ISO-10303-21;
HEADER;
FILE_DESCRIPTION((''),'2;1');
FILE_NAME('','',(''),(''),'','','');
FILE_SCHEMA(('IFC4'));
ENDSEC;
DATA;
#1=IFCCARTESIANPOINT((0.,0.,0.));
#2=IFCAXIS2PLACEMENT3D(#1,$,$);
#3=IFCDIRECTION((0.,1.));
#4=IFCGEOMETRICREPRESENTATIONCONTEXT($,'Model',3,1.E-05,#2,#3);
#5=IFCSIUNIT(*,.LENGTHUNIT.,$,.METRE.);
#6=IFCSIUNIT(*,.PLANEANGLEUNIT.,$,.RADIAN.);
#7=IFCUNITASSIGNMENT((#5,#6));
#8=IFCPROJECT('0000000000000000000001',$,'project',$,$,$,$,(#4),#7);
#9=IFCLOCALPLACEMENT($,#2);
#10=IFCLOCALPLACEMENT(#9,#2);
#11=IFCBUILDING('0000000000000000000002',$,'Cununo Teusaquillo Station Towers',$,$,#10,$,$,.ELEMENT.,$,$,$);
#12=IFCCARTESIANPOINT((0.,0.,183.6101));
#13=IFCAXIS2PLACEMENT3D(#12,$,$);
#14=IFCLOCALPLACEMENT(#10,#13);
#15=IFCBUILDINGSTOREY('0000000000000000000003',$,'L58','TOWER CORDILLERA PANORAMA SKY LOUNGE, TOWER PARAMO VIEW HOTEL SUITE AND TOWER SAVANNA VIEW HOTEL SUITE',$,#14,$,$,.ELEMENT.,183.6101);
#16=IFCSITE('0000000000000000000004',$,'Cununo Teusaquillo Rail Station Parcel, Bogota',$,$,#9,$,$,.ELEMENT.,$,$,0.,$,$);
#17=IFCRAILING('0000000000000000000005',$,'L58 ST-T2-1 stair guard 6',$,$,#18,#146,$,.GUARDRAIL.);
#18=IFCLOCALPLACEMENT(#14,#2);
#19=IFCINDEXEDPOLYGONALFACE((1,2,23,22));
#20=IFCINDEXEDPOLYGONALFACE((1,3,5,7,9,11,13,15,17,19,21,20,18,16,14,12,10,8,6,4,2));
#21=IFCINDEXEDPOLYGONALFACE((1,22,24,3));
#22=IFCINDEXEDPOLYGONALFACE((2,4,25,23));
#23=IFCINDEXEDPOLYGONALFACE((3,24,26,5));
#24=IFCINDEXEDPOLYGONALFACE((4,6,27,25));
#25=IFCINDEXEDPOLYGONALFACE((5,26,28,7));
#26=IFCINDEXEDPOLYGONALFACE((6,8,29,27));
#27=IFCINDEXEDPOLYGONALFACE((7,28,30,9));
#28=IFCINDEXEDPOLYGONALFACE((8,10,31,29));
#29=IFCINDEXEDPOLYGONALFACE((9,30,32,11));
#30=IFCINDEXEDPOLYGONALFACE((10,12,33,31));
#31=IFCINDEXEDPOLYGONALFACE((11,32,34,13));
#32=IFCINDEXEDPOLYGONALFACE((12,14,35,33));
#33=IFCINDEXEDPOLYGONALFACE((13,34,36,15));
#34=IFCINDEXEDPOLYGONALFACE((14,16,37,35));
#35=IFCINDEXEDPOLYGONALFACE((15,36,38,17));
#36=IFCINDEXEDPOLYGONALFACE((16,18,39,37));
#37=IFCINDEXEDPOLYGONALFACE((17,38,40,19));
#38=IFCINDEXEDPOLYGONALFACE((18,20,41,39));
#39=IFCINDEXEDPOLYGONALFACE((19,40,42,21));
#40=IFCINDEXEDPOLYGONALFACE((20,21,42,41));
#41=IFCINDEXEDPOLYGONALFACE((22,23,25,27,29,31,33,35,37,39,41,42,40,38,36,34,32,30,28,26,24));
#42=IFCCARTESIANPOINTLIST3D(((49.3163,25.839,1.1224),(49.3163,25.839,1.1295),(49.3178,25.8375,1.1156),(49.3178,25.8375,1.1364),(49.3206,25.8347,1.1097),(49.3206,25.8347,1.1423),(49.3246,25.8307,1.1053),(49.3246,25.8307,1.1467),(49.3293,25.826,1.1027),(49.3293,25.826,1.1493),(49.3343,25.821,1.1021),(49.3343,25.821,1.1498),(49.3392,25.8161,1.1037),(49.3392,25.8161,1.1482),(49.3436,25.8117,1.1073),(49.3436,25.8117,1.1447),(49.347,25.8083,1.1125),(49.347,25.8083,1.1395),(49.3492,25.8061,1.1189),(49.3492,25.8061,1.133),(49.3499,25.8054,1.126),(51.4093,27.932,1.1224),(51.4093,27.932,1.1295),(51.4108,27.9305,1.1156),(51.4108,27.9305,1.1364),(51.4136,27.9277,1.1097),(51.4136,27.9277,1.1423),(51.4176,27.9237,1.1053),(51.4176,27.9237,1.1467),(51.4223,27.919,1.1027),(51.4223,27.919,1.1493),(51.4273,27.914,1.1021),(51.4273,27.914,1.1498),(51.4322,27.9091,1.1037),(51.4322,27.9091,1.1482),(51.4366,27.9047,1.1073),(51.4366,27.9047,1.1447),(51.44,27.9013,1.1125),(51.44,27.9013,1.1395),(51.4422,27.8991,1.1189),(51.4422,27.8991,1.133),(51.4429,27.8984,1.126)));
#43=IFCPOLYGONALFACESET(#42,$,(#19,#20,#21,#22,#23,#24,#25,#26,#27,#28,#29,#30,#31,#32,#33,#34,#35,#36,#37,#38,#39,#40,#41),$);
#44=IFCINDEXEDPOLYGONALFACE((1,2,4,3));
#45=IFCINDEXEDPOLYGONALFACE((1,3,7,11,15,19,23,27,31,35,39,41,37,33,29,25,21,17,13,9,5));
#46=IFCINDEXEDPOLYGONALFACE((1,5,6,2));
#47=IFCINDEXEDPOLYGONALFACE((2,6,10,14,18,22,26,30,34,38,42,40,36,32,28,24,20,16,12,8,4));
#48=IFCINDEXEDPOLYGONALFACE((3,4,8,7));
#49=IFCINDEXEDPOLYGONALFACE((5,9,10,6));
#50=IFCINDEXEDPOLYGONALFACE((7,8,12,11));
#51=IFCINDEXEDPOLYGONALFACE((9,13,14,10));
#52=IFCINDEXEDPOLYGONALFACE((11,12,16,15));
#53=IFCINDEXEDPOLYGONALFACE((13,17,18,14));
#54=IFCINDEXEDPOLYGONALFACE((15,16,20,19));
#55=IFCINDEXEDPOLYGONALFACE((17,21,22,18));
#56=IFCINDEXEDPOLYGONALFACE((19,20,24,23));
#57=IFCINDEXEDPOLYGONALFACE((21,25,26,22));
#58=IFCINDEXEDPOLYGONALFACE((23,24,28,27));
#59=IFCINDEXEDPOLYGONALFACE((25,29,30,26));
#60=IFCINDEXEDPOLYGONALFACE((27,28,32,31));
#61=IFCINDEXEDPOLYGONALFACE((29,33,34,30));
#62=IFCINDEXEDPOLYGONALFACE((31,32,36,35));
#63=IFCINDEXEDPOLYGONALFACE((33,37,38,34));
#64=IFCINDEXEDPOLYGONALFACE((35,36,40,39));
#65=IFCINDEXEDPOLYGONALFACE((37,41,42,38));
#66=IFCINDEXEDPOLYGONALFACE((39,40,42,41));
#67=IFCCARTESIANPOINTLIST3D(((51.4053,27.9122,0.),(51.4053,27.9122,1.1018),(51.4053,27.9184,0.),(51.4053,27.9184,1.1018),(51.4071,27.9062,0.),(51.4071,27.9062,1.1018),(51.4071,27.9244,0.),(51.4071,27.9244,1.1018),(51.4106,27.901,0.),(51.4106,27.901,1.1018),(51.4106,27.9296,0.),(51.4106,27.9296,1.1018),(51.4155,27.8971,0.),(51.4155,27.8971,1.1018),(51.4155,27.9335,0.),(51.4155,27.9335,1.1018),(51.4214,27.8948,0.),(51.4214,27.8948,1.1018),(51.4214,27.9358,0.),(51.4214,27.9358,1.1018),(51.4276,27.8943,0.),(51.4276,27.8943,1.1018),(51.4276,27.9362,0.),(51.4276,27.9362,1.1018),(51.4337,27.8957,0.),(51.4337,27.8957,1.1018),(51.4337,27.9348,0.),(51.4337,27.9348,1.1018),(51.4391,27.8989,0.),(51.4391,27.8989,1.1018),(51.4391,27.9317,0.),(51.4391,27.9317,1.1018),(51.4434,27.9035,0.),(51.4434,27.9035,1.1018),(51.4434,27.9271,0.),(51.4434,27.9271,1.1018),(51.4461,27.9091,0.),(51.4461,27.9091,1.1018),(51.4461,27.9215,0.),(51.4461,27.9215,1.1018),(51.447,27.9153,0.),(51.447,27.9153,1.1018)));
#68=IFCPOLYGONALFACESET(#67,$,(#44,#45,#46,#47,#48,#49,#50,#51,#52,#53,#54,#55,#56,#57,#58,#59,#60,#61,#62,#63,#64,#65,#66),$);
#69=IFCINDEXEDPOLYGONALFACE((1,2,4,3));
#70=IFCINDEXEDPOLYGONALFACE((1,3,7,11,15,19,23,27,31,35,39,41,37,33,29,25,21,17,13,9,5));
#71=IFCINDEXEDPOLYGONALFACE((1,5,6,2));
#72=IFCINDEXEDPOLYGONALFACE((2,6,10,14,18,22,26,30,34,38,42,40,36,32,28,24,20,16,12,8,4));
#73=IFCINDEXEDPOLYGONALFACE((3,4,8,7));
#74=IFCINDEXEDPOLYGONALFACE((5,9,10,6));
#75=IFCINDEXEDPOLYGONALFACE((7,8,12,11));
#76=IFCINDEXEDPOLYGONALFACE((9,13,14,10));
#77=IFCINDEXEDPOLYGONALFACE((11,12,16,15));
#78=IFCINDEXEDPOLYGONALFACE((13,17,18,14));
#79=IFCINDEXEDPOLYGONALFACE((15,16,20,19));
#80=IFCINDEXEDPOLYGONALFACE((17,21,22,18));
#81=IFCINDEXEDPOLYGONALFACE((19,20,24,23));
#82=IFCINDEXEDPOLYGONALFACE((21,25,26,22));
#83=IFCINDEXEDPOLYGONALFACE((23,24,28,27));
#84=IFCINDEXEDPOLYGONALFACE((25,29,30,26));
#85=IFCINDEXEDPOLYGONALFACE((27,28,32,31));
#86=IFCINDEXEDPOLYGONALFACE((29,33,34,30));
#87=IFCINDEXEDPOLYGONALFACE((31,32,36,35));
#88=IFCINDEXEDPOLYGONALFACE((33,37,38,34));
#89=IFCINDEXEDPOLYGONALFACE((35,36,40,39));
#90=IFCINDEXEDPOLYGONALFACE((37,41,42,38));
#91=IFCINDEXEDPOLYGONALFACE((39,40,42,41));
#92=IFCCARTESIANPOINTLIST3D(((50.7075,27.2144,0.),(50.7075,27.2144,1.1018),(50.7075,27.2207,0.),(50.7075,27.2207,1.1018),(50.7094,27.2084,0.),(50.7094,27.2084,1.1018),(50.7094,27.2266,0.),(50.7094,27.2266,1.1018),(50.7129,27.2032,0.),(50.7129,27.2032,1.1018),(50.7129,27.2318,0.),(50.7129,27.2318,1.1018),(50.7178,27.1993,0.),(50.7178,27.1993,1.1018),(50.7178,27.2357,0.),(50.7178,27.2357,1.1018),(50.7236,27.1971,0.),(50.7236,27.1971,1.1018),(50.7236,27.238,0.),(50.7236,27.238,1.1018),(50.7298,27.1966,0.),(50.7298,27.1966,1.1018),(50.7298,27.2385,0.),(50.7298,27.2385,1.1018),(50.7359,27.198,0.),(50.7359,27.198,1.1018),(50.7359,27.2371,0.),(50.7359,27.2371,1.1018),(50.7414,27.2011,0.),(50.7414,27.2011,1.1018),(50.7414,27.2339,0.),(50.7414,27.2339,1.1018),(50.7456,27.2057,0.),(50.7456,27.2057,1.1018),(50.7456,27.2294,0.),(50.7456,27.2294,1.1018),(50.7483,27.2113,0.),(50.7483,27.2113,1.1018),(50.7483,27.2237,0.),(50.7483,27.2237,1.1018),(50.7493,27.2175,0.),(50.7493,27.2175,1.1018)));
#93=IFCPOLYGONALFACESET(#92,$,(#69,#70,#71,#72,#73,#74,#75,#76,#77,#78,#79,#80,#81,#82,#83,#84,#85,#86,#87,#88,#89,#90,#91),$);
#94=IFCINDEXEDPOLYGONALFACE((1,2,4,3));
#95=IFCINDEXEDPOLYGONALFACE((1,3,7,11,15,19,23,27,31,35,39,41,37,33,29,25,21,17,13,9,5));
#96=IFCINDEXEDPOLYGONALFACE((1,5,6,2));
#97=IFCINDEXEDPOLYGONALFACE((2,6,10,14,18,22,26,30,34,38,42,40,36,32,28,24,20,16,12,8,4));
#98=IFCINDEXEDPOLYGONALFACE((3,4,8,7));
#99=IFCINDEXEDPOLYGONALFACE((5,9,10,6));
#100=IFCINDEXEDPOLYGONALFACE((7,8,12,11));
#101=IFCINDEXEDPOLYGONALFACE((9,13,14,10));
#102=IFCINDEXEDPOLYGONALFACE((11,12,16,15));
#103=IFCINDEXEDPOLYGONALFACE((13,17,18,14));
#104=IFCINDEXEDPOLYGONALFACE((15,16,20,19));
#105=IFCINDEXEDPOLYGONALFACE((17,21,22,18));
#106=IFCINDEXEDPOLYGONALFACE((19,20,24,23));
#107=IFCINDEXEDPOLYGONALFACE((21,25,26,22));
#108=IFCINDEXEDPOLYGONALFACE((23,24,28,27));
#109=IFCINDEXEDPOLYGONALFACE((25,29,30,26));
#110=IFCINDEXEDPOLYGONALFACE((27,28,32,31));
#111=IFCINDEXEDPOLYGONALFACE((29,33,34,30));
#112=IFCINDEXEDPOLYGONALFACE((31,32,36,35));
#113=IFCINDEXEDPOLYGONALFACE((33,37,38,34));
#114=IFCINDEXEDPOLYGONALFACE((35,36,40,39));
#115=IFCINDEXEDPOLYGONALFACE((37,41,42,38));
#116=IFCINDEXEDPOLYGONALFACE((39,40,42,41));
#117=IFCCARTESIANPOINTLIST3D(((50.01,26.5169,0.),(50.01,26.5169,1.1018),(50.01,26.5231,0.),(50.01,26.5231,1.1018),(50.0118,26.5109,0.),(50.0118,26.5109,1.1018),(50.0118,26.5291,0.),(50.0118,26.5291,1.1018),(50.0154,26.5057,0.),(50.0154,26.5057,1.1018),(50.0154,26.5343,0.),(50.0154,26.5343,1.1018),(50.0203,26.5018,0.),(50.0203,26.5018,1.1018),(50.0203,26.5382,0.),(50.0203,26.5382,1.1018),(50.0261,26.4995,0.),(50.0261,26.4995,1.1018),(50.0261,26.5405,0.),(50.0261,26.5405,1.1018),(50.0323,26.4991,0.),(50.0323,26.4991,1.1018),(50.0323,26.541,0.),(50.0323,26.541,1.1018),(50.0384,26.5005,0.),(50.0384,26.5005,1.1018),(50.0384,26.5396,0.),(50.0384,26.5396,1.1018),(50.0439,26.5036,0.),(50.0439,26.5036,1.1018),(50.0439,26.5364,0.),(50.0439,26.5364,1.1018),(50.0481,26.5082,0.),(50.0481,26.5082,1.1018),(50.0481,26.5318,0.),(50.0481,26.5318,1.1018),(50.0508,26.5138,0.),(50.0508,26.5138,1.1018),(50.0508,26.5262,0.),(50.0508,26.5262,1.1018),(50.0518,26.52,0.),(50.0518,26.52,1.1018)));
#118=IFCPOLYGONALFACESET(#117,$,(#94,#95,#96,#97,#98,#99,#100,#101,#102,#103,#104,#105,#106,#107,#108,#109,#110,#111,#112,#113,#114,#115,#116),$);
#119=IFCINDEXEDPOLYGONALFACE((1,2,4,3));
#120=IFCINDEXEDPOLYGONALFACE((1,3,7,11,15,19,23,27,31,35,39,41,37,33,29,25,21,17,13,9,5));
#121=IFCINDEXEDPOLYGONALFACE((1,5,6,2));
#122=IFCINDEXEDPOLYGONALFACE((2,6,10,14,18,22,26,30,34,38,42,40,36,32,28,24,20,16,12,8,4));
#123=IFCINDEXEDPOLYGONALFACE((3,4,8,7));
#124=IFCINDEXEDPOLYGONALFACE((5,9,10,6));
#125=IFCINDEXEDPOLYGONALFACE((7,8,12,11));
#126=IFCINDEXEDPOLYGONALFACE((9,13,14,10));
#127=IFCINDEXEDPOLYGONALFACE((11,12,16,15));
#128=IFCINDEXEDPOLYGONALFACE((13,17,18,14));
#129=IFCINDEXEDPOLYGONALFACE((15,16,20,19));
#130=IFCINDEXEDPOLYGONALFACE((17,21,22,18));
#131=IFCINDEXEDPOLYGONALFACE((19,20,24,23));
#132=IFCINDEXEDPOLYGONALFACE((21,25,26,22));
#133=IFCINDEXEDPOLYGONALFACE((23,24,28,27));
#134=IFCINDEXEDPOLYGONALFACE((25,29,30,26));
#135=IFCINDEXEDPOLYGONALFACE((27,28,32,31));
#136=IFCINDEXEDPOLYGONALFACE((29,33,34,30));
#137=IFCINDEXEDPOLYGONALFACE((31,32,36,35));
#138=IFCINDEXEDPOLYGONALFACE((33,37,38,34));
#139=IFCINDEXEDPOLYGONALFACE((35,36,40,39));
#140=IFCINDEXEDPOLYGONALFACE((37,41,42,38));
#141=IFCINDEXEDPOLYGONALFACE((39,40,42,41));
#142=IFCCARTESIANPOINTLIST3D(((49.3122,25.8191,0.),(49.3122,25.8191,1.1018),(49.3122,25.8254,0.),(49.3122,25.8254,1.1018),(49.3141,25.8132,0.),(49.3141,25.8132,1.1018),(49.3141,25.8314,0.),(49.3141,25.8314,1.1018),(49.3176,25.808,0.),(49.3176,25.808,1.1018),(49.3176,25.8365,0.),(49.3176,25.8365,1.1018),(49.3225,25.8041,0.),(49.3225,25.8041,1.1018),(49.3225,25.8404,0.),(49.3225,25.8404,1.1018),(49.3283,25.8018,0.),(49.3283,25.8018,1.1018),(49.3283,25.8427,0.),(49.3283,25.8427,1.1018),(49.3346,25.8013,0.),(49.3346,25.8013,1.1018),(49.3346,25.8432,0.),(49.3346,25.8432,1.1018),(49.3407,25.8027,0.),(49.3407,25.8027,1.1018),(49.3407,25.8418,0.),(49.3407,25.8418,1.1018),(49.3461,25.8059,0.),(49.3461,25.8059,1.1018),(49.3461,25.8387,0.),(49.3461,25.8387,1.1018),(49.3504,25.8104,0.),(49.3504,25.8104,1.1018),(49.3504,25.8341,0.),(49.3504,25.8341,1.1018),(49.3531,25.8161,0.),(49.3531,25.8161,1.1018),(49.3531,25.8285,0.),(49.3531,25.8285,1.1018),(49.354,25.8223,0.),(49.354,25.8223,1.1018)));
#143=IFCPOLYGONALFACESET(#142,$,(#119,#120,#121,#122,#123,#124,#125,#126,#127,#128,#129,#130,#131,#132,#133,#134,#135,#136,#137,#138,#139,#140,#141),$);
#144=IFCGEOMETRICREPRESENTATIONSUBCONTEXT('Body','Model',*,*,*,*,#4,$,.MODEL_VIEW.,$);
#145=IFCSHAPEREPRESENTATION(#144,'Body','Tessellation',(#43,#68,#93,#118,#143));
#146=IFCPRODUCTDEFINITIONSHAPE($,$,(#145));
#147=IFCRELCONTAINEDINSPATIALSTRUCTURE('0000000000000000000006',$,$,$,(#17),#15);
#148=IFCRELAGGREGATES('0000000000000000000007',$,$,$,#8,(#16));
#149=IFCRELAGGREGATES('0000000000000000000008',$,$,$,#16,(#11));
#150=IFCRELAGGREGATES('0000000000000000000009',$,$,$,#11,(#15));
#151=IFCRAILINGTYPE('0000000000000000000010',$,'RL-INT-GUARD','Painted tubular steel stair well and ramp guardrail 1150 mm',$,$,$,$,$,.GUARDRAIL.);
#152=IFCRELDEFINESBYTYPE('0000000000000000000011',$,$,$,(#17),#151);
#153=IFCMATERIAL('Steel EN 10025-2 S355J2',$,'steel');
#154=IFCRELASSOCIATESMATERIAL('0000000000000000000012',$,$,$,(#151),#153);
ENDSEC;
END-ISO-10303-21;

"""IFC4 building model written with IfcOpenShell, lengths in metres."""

from ifc_helpers import new_model, si_unit, direction, frame, origin, origin_2d, place, context, subcontext, project, spatial, circle, extrude, material, type_object, element, save


model = new_model("IFC4")

# Units and contexts
model_context = context("Model", 3, precision=1e-05, world=origin(), true_north=direction((0.0, 1.0)))
body_context = subcontext(model_context, "Body", "Model", "MODEL_VIEW")
ifc_project = project(units=[si_unit("LENGTHUNIT", "METRE"), si_unit("PLANEANGLEUNIT", "RADIAN")], contexts=[model_context])

# Site, building, storey
site_placement = place(None, origin())
site = spatial("IfcSite", under=ifc_project, at=site_placement, Name="Cununo Teusaquillo Rail Station Parcel, Bogota", CompositionType="ELEMENT", RefElevation=0.0)
building_placement = place(site_placement, origin())
building = spatial("IfcBuilding", under=site, at=building_placement, Name="Cununo Teusaquillo Station Towers", CompositionType="ELEMENT")
storey_placement = place(building_placement, frame((0.0, 0.0, 183.6101)))
storey = spatial("IfcBuildingStorey", under=building, at=storey_placement, Name="L58", Description="TOWER CORDILLERA PANORAMA SKY LOUNGE, TOWER PARAMO VIEW HOTEL SUITE AND TOWER SAVANNA VIEW HOTEL SUITE", CompositionType="ELEMENT", Elevation=183.6101)

# Railing
ifc_material_1 = material(Name="Steel EN 10025-2 S355J2", Category="steel")
railing_type = type_object("IfcRailingType", Name="RL-INT-GUARD", Description="Painted tubular steel stair well and ramp guardrail 1150 mm", PredefinedType="GUARDRAIL", material=ifc_material_1)
railing_1_placement = place(storey_placement, frame((51.426, 27.9153, 0.0)))
element("IfcRailing", 1, at=railing_1_placement, inside=storey, type_object=railing_type, Name="L58 ST-T2-1 stair guard 6", PredefinedType="GUARDRAIL", context=body_context, shape_type="SweptSolid", body=[
    extrude(circle(Radius=0.0239, at=origin_2d()), frame((0.0, 0.0, 1.126), z_axis=(-0.707107, -0.707107, 0.0), x_axis=(0.707107, -0.707107, 0.0)), (0.0, 0.0, 1.0), 2.96),
    extrude(circle(Radius=0.021, at=origin_2d()), origin(), (0.0, 0.0, 1.0), 1.1018),
    extrude(circle(Radius=0.021, at=origin_2d()), frame((-0.6978, -0.6978, 0.0)), (0.0, 0.0, 1.0), 1.1018),
    extrude(circle(Radius=0.021, at=origin_2d()), frame((-1.3953, -1.3953, 0.0)), (0.0, 0.0, 1.0), 1.1018),
    extrude(circle(Radius=0.021, at=origin_2d()), frame((-2.093, -2.093, 0.0)), (0.0, 0.0, 1.0), 1.1018),
])

save(model, "model.ifc")
